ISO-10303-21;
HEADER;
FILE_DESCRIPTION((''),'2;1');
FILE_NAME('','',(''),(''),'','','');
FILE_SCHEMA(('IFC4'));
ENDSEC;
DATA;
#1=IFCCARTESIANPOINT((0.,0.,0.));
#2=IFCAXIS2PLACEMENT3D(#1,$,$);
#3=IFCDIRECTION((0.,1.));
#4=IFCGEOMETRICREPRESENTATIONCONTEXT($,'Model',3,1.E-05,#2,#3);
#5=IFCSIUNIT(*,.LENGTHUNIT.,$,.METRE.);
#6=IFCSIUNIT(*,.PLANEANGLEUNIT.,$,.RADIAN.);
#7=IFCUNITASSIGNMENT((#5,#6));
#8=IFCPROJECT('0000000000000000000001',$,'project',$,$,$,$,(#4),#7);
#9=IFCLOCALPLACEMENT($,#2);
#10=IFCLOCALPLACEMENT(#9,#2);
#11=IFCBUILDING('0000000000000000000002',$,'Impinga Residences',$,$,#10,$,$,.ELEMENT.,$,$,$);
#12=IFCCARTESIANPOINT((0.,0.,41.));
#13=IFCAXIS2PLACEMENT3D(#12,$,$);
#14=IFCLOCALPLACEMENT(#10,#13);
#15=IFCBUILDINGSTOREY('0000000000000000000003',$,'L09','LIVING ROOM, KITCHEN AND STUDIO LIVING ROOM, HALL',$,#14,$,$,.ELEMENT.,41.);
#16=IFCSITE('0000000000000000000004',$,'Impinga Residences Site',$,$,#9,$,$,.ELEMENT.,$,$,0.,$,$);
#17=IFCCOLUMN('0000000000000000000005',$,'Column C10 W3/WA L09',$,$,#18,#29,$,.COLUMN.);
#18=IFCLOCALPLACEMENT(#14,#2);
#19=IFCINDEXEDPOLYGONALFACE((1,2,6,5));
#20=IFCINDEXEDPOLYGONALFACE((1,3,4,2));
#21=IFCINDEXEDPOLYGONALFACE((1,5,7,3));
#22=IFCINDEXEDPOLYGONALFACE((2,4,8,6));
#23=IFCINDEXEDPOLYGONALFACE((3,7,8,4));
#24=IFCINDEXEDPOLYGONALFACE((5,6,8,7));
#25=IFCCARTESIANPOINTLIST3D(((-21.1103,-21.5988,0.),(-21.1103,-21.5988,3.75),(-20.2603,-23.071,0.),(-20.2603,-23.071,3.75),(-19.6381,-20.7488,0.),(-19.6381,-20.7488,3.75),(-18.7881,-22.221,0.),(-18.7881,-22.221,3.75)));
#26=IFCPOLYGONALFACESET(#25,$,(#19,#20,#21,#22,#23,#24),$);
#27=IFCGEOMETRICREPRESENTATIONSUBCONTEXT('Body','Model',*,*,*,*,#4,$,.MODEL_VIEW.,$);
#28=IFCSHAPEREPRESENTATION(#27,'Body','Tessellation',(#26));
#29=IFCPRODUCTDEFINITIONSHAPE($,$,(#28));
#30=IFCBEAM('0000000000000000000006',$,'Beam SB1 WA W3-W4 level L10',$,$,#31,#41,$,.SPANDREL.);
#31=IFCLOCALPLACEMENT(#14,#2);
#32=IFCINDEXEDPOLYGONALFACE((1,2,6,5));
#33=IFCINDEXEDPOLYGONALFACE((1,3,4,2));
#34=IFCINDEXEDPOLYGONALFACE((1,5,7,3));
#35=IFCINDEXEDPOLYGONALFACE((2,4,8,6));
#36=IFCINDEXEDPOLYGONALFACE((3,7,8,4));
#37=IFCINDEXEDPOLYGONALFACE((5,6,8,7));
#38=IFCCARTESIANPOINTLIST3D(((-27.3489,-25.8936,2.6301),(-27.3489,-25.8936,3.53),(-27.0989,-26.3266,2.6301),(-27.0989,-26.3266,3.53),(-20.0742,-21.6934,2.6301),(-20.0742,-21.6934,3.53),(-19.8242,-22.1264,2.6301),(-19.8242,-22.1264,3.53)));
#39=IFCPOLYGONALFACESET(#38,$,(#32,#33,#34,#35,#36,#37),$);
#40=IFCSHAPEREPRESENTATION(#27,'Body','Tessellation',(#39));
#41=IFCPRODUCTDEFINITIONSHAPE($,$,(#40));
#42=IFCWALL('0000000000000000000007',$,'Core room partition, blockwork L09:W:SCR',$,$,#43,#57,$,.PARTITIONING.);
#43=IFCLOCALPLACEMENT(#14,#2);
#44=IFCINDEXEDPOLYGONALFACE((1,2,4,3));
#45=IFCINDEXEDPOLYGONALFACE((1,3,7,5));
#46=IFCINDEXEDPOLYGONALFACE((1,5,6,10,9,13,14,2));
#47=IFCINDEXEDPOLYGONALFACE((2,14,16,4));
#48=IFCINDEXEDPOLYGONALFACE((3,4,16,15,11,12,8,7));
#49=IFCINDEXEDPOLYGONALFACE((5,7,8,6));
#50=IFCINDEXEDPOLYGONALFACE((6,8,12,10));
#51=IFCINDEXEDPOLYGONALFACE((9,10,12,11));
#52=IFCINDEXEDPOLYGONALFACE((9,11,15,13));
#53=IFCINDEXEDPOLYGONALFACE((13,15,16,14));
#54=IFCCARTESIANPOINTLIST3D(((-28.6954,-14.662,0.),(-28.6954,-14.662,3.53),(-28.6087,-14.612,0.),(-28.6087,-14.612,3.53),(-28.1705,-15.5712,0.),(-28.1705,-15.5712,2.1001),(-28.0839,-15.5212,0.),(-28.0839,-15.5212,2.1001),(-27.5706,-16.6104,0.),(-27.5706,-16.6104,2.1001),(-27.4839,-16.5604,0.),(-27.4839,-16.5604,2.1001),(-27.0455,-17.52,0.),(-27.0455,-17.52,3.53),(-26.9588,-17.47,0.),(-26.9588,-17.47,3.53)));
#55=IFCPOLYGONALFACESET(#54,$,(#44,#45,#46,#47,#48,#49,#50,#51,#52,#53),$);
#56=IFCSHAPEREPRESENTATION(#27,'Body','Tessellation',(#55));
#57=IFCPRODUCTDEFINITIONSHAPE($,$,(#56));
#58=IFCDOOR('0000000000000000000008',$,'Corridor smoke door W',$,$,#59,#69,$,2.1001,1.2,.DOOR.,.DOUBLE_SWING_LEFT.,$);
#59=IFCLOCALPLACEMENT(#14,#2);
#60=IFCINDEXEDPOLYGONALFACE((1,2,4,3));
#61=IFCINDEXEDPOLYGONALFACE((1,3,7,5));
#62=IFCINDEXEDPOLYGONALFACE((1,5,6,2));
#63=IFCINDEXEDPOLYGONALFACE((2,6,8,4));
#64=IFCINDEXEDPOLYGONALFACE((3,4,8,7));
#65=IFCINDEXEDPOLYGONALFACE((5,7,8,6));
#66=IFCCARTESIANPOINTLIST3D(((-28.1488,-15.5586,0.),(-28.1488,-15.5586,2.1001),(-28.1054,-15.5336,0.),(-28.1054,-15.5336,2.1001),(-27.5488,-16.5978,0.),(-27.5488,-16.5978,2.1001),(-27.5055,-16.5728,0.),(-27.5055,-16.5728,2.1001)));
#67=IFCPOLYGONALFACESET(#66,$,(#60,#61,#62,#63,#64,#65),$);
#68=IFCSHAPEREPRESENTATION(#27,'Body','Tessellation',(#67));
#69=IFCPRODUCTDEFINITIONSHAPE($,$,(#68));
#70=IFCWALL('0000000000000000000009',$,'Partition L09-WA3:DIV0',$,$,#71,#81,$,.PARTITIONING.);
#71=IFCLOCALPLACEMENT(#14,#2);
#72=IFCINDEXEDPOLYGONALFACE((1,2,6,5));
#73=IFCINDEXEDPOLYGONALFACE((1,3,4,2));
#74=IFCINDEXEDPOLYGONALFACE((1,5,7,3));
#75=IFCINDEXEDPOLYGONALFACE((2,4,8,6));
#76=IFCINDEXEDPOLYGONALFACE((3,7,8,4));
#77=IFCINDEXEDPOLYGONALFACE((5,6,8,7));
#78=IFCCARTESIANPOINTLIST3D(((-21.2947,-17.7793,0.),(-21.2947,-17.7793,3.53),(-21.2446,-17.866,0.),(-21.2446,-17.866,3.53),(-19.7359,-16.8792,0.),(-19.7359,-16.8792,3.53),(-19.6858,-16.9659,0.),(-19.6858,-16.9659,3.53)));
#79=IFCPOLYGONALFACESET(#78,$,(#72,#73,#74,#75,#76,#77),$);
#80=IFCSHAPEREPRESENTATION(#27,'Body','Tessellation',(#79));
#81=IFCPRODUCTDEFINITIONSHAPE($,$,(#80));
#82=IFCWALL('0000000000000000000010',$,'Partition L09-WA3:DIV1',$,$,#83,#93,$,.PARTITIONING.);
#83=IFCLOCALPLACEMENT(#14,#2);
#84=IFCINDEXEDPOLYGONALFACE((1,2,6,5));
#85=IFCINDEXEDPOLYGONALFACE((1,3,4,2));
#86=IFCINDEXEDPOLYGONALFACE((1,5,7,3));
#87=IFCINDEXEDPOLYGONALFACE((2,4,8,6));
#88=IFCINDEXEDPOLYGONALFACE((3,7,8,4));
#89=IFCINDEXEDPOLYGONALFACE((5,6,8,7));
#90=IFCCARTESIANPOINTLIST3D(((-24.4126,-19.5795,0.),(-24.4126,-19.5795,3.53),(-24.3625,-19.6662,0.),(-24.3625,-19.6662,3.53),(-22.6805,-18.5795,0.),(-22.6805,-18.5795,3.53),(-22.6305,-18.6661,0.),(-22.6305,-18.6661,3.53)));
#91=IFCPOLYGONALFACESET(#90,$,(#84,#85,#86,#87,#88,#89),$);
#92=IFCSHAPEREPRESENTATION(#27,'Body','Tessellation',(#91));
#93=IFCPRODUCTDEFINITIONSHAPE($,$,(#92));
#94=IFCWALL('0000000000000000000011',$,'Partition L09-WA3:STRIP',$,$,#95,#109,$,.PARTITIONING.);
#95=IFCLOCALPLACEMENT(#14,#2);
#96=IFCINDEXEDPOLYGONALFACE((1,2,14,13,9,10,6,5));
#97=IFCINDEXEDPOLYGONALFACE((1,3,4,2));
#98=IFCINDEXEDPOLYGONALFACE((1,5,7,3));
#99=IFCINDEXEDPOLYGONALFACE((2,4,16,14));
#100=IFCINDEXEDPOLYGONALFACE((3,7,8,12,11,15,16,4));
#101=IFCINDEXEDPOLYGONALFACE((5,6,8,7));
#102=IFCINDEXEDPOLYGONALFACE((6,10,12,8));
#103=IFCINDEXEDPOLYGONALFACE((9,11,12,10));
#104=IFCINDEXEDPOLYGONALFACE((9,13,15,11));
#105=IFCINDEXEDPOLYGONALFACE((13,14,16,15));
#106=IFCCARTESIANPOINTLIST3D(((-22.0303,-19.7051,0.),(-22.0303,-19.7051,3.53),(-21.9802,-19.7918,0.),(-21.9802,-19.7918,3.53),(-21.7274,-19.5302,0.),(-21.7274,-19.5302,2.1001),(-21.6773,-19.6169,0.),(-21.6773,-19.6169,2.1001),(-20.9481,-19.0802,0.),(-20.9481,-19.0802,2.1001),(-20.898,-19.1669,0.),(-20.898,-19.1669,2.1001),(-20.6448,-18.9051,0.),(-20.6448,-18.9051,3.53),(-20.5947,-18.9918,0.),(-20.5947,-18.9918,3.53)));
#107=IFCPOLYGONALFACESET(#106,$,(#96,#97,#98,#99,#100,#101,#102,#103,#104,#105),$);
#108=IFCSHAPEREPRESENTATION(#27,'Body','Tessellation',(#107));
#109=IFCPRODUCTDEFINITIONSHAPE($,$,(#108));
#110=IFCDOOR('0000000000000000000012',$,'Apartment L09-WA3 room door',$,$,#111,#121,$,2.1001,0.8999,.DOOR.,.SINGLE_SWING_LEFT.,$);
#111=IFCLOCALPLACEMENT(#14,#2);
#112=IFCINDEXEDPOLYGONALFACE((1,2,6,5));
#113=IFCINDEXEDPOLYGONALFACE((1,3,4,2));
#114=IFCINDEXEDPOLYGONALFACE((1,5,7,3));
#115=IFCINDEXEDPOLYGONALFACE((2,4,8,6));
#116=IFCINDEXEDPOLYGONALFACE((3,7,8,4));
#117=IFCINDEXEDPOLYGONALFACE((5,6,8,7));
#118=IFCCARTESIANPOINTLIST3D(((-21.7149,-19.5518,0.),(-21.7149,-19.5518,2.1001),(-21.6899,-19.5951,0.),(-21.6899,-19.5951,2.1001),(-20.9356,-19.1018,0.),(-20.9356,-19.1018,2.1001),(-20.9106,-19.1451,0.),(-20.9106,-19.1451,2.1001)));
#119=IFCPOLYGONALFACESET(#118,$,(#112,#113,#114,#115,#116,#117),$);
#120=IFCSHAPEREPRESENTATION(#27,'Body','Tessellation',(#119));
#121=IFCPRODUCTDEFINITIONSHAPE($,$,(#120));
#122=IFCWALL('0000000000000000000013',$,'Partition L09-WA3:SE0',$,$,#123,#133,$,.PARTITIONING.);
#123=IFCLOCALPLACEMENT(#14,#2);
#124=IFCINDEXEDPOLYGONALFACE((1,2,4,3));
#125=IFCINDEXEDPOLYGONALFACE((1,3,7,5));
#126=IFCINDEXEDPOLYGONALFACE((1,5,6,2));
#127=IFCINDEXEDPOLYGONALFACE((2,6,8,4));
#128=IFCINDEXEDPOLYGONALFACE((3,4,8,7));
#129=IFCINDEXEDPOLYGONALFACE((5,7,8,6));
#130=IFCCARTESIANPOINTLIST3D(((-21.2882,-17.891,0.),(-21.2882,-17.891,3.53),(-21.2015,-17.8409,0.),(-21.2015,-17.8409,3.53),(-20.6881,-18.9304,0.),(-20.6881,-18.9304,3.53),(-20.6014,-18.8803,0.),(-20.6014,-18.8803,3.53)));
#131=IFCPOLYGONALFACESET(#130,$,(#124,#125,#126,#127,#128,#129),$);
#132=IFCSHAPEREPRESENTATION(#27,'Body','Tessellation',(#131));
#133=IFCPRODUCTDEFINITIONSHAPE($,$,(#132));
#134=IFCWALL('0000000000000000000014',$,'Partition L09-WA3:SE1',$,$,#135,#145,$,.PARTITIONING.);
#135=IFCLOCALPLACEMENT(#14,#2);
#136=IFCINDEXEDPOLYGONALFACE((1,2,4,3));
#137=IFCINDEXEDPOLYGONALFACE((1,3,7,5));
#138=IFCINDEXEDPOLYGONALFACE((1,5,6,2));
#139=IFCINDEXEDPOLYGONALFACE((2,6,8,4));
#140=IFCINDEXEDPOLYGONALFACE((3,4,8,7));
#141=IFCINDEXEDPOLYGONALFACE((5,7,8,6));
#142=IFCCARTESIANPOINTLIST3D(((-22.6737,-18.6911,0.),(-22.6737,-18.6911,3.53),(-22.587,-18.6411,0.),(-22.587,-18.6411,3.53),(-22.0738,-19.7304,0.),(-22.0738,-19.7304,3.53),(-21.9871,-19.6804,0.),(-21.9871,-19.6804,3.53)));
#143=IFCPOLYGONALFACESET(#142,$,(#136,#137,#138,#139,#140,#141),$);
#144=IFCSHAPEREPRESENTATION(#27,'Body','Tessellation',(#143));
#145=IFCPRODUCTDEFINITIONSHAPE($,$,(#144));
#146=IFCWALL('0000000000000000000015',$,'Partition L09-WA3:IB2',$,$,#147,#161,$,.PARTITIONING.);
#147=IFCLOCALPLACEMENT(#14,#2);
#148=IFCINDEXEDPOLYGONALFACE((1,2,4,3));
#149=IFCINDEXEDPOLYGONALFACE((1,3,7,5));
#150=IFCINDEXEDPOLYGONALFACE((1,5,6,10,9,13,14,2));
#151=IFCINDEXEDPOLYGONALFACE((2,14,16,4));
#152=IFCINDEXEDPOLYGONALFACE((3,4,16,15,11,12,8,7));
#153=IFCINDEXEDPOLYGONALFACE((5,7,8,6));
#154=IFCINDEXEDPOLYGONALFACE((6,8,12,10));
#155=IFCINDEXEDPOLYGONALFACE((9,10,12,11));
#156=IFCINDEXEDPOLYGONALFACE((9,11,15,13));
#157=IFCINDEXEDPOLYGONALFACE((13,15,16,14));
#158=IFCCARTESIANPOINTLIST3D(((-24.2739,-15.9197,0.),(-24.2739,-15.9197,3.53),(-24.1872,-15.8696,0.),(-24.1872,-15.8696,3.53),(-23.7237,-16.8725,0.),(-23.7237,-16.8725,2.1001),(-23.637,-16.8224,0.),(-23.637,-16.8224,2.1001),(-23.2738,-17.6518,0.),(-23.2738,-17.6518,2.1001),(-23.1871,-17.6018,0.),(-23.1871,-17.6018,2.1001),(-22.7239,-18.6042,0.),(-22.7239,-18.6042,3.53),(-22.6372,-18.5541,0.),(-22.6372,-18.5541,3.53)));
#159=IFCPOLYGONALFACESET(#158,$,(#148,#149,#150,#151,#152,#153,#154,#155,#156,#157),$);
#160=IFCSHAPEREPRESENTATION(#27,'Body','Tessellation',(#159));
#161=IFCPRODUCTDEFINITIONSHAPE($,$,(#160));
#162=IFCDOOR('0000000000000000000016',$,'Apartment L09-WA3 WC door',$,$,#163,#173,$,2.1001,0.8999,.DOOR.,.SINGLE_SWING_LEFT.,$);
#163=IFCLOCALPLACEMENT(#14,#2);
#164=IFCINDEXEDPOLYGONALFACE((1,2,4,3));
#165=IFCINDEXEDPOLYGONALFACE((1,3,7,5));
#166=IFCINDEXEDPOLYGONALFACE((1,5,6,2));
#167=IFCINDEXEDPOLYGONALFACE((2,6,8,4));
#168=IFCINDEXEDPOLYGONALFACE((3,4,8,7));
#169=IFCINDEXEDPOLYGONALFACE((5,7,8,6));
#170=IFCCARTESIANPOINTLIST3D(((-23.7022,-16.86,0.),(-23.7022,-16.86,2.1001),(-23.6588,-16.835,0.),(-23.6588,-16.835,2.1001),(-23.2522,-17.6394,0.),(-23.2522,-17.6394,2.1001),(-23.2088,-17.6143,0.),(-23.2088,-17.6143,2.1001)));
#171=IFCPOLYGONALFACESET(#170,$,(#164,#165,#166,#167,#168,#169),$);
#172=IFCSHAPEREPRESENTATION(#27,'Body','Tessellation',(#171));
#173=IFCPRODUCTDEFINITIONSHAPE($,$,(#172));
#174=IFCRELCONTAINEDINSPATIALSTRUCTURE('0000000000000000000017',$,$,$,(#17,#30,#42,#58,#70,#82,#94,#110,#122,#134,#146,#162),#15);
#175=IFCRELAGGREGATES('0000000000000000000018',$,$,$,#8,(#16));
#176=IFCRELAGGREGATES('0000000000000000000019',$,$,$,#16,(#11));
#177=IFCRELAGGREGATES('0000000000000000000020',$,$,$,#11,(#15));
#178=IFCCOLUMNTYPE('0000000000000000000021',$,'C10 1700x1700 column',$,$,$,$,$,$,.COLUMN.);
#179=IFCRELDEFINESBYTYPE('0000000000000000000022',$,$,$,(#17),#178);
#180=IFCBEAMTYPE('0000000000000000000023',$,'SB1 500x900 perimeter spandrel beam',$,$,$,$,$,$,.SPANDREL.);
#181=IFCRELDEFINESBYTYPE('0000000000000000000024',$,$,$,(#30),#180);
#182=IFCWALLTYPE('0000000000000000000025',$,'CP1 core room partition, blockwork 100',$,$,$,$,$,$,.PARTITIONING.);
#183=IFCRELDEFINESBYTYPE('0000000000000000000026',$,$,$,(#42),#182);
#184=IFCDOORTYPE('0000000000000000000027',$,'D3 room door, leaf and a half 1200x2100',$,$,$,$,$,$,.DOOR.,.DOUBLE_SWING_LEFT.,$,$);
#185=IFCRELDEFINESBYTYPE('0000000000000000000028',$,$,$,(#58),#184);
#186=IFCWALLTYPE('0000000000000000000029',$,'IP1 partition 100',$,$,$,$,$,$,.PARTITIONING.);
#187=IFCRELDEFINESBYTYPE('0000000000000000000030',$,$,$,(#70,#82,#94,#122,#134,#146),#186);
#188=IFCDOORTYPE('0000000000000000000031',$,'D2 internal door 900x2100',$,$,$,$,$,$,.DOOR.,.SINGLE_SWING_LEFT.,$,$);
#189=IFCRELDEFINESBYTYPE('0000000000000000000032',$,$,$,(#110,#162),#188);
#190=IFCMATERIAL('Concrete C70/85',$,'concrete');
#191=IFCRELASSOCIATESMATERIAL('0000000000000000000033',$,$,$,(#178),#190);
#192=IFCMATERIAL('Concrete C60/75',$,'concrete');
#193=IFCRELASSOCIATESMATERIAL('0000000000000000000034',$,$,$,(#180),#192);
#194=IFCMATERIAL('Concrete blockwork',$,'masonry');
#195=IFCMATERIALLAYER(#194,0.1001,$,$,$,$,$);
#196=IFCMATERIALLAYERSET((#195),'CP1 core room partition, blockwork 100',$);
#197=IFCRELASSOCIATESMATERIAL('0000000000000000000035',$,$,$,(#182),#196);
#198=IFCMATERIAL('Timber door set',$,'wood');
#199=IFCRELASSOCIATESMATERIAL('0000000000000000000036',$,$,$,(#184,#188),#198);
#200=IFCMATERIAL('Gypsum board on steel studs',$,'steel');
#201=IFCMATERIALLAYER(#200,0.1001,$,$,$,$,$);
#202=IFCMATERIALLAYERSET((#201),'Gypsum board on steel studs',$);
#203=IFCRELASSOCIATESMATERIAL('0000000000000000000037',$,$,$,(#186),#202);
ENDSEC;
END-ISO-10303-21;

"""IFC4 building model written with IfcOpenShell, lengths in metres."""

from ifc_helpers import new_model, si_unit, direction, frame, frame_2d, origin, origin_2d, place, context, subcontext, project, spatial, rectangle, extrude, material, layer, layer_set, material_profile, profile_set, type_object, element, fill, save


model = new_model("IFC4")

# Units and contexts
model_context = context("Model", 3, precision=1e-05, world=origin(), true_north=direction((0.0, 1.0)))
body_context = subcontext(model_context, "Body", "Model", "MODEL_VIEW")
ifc_project = project(units=[si_unit("LENGTHUNIT", "METRE"), si_unit("PLANEANGLEUNIT", "RADIAN")], contexts=[model_context])

# Site, building, storey
site_placement = place(None, origin())
site = spatial("IfcSite", under=ifc_project, at=site_placement, Name="Impinga Residences Site", CompositionType="ELEMENT", RefElevation=0.0)
building_placement = place(site_placement, origin())
building = spatial("IfcBuilding", under=site, at=building_placement, Name="Impinga Residences", CompositionType="ELEMENT")
storey_placement = place(building_placement, frame((0.0, 0.0, 41.0)))
storey = spatial("IfcBuildingStorey", under=building, at=storey_placement, Name="L09", Description="LIVING ROOM, KITCHEN AND STUDIO LIVING ROOM, HALL", CompositionType="ELEMENT", Elevation=41.0)

# Column
ifc_material_1 = material(Name="Concrete C70/85", Category="concrete")
ifc_material_profile_1 = material_profile(ifc_material_1, rectangle(XDim=1.7, YDim=1.7, at=origin_2d()), Name="RC 1700x1700")
ifc_profile_set_1 = profile_set([ifc_material_profile_1], Name="Concrete C70/85")
column_type = type_object("IfcColumnType", Name="C10 1700x1700 column", PredefinedType="COLUMN", material=ifc_profile_set_1)
column_placement = place(storey_placement, frame((-19.9492, -21.9099, 0.0), z_axis=(0.0, 0.0, 1.0), x_axis=(-0.5, 0.866025, 0.0)))
element("IfcColumn", 1, at=column_placement, inside=storey, type_object=column_type, Name="Column C10 W3/WA L09", PredefinedType="COLUMN", context=body_context, shape_type="SweptSolid", body=[
    extrude(rectangle(XDim=1.7, YDim=1.7, at=origin_2d()), origin(), (0.0, 0.0, 1.0), 3.75),
])

# Beam
ifc_material_2 = material(Name="Concrete C60/75", Category="concrete")
ifc_material_profile_2 = material_profile(ifc_material_2, rectangle(XDim=0.5, YDim=0.8999, at=origin_2d()), Name="RC 500x900")
ifc_profile_set_2 = profile_set([ifc_material_profile_2], Name="Concrete C60/75")
beam_type = type_object("IfcBeamType", Name="SB1 500x900 perimeter spandrel beam", PredefinedType="SPANDREL", material=ifc_profile_set_2)
beam_placement = place(storey_placement, frame((-19.9492, -21.9099, 3.0801), z_axis=(-0.866017, -0.500015, 0.0), x_axis=(0.500015, -0.866017, 0.0)))
element("IfcBeam", 2, at=beam_placement, inside=storey, type_object=beam_type, Name="Beam SB1 WA W3-W4 level L10", PredefinedType="SPANDREL", context=body_context, shape_type="SweptSolid", body=[
    extrude(rectangle(XDim=0.5, YDim=0.8999, at=origin_2d()), origin(), (0.0, 0.0, 1.0), 8.4001),
])

# Wall, opening, door
ifc_material_3 = material(Name="Concrete blockwork", Category="masonry")
ifc_layer_1 = layer(ifc_material_3, 0.1001)
ifc_layer_set_1 = layer_set([ifc_layer_1], Name="CP1 core room partition, blockwork 100")
wall_type_1 = type_object("IfcWallType", Name="CP1 core room partition, blockwork 100", PredefinedType="PARTITIONING", material=ifc_layer_set_1)
wall_1_placement = place(storey_placement, frame((-27.0022, -17.4949, 0.0), z_axis=(0.0, 0.0, 1.0), x_axis=(-0.499974, 0.86604, 0.0)))
wall_1 = element("IfcWall", 3, at=wall_1_placement, inside=storey, type_object=wall_type_1, Name="Core room partition, blockwork L09:W:SCR", PredefinedType="PARTITIONING", context=body_context, shape_type="SweptSolid", body=[
    extrude(rectangle(XDim=3.3, YDim=0.1001, at=frame_2d((1.6499, 0.0))), origin(), (0.0, 0.0, 1.0), 3.53),
])
opening_1_placement = place(wall_1_placement, frame((1.05, 0.0, 0.0)))
opening_1 = element("IfcOpeningElement", 4, at=opening_1_placement, cuts=wall_1, PredefinedType="OPENING", context=body_context, shape_type="SweptSolid", body=[
    extrude(rectangle(XDim=1.2, YDim=2.1001, at=frame_2d((0.6001, 1.05))), frame((0.0, 0.0601, 0.0), z_axis=(0.0, -1.0, 0.0), x_axis=(1.0, 0.0, 0.0)), (0.0, 0.0, 1.0), 0.1201),
])
ifc_material_4 = material(Name="Timber door set", Category="wood")
door_type_1 = type_object("IfcDoorType", Name="D3 room door, leaf and a half 1200x2100", OperationType="DOUBLE_SWING_LEFT", PredefinedType="DOOR", material=ifc_material_4)
door_1_placement = place(opening_1_placement, origin())
door_1 = element("IfcDoor", 5, at=door_1_placement, inside=storey, type_object=door_type_1, Name="Corridor smoke door W", OperationType="DOUBLE_SWING_LEFT", OverallHeight=2.1001, OverallWidth=1.2, PredefinedType="DOOR", context=body_context, shape_type="SweptSolid", body=[
    extrude(rectangle(XDim=1.2, YDim=2.1001, at=frame_2d((0.6001, 1.05))), frame((0.0, 0.0249, 0.0), z_axis=(0.0, -1.0, 0.0), x_axis=(1.0, 0.0, 0.0)), (0.0, 0.0, 1.0), 0.05),
])
fill(opening_1, door_1)

# Walls
ifc_material_5 = material(Name="Gypsum board on steel studs", Category="steel")
ifc_layer_2 = layer(ifc_material_5, 0.1001)
ifc_layer_set_2 = layer_set([ifc_layer_2], Name="Gypsum board on steel studs")
wall_type_2 = type_object("IfcWallType", Name="IP1 partition 100", PredefinedType="PARTITIONING", material=ifc_layer_set_2)
wall_2_placement = place(storey_placement, frame((-19.7109, -16.9226, 0.0), z_axis=(0.0, 0.0, 1.0), x_axis=(-0.865989, -0.500063, 0.0)))
element("IfcWall", 6, at=wall_2_placement, inside=storey, type_object=wall_type_2, Name="Partition L09-WA3:DIV0", PredefinedType="PARTITIONING", context=body_context, shape_type="SweptSolid", body=[
    extrude(rectangle(XDim=1.8, YDim=0.1001, at=frame_2d((0.8999, 0.0))), origin(), (0.0, 0.0, 1.0), 3.53),
])
wall_3_placement = place(storey_placement, frame((-22.6555, -18.6228, 0.0), z_axis=(0.0, 0.0, 1.0), x_axis=(-0.866011, -0.500025, 0.0)))
element("IfcWall", 7, at=wall_3_placement, inside=storey, type_object=wall_type_2, Name="Partition L09-WA3:DIV1", PredefinedType="PARTITIONING", context=body_context, shape_type="SweptSolid", body=[
    extrude(rectangle(XDim=2.0, YDim=0.1001, at=frame_2d((1.0, 0.0))), origin(), (0.0, 0.0, 1.0), 3.53),
])

# Wall, opening, door
wall_4_placement = place(storey_placement, frame((-20.6199, -18.9485, 0.0), z_axis=(0.0, 0.0, 1.0), x_axis=(-0.86599, -0.500061, 0.0)))
wall_4 = element("IfcWall", 8, at=wall_4_placement, inside=storey, type_object=wall_type_2, Name="Partition L09-WA3:STRIP", PredefinedType="PARTITIONING", context=body_context, shape_type="SweptSolid", body=[
    extrude(rectangle(XDim=1.5999, YDim=0.1001, at=frame_2d((0.7998, 0.0))), origin(), (0.0, 0.0, 1.0), 3.53),
])
opening_2_placement = place(wall_4_placement, frame((0.3501, 0.0, 0.0)))
opening_2 = element("IfcOpeningElement", 9, at=opening_2_placement, cuts=wall_4, PredefinedType="OPENING", context=body_context, shape_type="SweptSolid", body=[
    extrude(rectangle(XDim=0.8999, YDim=2.1001, at=frame_2d((0.45, 1.05))), frame((0.0, 0.0601, 0.0), z_axis=(0.0, -1.0, 0.0), x_axis=(1.0, 0.0, 0.0)), (0.0, 0.0, 1.0), 0.1201),
])
door_type_2 = type_object("IfcDoorType", Name="D2 internal door 900x2100", OperationType="SINGLE_SWING_LEFT", PredefinedType="DOOR", material=ifc_material_4)
door_2_placement = place(opening_2_placement, origin())
door_2 = element("IfcDoor", 10, at=door_2_placement, inside=storey, type_object=door_type_2, Name="Apartment L09-WA3 room door", OperationType="SINGLE_SWING_LEFT", OverallHeight=2.1001, OverallWidth=0.8999, PredefinedType="DOOR", context=body_context, shape_type="SweptSolid", body=[
    extrude(rectangle(XDim=0.8999, YDim=2.1001, at=frame_2d((0.45, 1.05))), frame((0.0, 0.0249, 0.0), z_axis=(0.0, -1.0, 0.0), x_axis=(1.0, 0.0, 0.0)), (0.0, 0.0, 1.0), 0.05),
])
fill(opening_2, door_2)

# Walls
wall_5_placement = place(storey_placement, frame((-21.2449, -17.866, 0.0), z_axis=(0.0, 0.0, 1.0), x_axis=(0.500034, -0.866006, 0.0)))
element("IfcWall", 11, at=wall_5_placement, inside=storey, type_object=wall_type_2, Name="Partition L09-WA3:SE0", PredefinedType="PARTITIONING", context=body_context, shape_type="SweptSolid", body=[
    extrude(rectangle(XDim=1.2002, YDim=0.1001, at=frame_2d((0.6001, 0.0))), origin(), (0.0, 0.0, 1.0), 3.53),
])
wall_6_placement = place(storey_placement, frame((-22.6304, -18.666, 0.0), z_axis=(0.0, 0.0, 1.0), x_axis=(0.499881, -0.866094, 0.0)))
element("IfcWall", 12, at=wall_6_placement, inside=storey, type_object=wall_type_2, Name="Partition L09-WA3:SE1", PredefinedType="PARTITIONING", context=body_context, shape_type="SweptSolid", body=[
    extrude(rectangle(XDim=1.2, YDim=0.1001, at=frame_2d((0.6001, 0.0))), origin(), (0.0, 0.0, 1.0), 3.53),
])

# Wall, opening, door
wall_7_placement = place(storey_placement, frame((-24.2305, -15.8948, 0.0), z_axis=(0.0, 0.0, 1.0), x_axis=(0.500027, -0.86601, 0.0)))
wall_7 = element("IfcWall", 13, at=wall_7_placement, inside=storey, type_object=wall_type_2, Name="Partition L09-WA3:IB2", PredefinedType="PARTITIONING", context=body_context, shape_type="SweptSolid", body=[
    extrude(rectangle(XDim=3.0999, YDim=0.1001, at=frame_2d((1.5498, 0.0))), origin(), (0.0, 0.0, 1.0), 3.53),
])
opening_3_placement = place(wall_7_placement, frame((1.1001, 0.0, 0.0)))
opening_3 = element("IfcOpeningElement", 14, at=opening_3_placement, cuts=wall_7, PredefinedType="OPENING", context=body_context, shape_type="SweptSolid", body=[
    extrude(rectangle(XDim=0.8999, YDim=2.1001, at=frame_2d((0.45, 1.05))), frame((0.0, 0.0601, 0.0), z_axis=(0.0, -1.0, 0.0), x_axis=(1.0, 0.0, 0.0)), (0.0, 0.0, 1.0), 0.1201),
])
door_3_placement = place(opening_3_placement, origin())
door_3 = element("IfcDoor", 15, at=door_3_placement, inside=storey, type_object=door_type_2, Name="Apartment L09-WA3 WC door", OperationType="SINGLE_SWING_LEFT", OverallHeight=2.1001, OverallWidth=0.8999, PredefinedType="DOOR", context=body_context, shape_type="SweptSolid", body=[
    extrude(rectangle(XDim=0.8999, YDim=2.1001, at=frame_2d((0.45, 1.05))), frame((0.0, 0.0249, 0.0), z_axis=(0.0, -1.0, 0.0), x_axis=(1.0, 0.0, 0.0)), (0.0, 0.0, 1.0), 0.05),
])
fill(opening_3, door_3)

save(model, "model.ifc")
